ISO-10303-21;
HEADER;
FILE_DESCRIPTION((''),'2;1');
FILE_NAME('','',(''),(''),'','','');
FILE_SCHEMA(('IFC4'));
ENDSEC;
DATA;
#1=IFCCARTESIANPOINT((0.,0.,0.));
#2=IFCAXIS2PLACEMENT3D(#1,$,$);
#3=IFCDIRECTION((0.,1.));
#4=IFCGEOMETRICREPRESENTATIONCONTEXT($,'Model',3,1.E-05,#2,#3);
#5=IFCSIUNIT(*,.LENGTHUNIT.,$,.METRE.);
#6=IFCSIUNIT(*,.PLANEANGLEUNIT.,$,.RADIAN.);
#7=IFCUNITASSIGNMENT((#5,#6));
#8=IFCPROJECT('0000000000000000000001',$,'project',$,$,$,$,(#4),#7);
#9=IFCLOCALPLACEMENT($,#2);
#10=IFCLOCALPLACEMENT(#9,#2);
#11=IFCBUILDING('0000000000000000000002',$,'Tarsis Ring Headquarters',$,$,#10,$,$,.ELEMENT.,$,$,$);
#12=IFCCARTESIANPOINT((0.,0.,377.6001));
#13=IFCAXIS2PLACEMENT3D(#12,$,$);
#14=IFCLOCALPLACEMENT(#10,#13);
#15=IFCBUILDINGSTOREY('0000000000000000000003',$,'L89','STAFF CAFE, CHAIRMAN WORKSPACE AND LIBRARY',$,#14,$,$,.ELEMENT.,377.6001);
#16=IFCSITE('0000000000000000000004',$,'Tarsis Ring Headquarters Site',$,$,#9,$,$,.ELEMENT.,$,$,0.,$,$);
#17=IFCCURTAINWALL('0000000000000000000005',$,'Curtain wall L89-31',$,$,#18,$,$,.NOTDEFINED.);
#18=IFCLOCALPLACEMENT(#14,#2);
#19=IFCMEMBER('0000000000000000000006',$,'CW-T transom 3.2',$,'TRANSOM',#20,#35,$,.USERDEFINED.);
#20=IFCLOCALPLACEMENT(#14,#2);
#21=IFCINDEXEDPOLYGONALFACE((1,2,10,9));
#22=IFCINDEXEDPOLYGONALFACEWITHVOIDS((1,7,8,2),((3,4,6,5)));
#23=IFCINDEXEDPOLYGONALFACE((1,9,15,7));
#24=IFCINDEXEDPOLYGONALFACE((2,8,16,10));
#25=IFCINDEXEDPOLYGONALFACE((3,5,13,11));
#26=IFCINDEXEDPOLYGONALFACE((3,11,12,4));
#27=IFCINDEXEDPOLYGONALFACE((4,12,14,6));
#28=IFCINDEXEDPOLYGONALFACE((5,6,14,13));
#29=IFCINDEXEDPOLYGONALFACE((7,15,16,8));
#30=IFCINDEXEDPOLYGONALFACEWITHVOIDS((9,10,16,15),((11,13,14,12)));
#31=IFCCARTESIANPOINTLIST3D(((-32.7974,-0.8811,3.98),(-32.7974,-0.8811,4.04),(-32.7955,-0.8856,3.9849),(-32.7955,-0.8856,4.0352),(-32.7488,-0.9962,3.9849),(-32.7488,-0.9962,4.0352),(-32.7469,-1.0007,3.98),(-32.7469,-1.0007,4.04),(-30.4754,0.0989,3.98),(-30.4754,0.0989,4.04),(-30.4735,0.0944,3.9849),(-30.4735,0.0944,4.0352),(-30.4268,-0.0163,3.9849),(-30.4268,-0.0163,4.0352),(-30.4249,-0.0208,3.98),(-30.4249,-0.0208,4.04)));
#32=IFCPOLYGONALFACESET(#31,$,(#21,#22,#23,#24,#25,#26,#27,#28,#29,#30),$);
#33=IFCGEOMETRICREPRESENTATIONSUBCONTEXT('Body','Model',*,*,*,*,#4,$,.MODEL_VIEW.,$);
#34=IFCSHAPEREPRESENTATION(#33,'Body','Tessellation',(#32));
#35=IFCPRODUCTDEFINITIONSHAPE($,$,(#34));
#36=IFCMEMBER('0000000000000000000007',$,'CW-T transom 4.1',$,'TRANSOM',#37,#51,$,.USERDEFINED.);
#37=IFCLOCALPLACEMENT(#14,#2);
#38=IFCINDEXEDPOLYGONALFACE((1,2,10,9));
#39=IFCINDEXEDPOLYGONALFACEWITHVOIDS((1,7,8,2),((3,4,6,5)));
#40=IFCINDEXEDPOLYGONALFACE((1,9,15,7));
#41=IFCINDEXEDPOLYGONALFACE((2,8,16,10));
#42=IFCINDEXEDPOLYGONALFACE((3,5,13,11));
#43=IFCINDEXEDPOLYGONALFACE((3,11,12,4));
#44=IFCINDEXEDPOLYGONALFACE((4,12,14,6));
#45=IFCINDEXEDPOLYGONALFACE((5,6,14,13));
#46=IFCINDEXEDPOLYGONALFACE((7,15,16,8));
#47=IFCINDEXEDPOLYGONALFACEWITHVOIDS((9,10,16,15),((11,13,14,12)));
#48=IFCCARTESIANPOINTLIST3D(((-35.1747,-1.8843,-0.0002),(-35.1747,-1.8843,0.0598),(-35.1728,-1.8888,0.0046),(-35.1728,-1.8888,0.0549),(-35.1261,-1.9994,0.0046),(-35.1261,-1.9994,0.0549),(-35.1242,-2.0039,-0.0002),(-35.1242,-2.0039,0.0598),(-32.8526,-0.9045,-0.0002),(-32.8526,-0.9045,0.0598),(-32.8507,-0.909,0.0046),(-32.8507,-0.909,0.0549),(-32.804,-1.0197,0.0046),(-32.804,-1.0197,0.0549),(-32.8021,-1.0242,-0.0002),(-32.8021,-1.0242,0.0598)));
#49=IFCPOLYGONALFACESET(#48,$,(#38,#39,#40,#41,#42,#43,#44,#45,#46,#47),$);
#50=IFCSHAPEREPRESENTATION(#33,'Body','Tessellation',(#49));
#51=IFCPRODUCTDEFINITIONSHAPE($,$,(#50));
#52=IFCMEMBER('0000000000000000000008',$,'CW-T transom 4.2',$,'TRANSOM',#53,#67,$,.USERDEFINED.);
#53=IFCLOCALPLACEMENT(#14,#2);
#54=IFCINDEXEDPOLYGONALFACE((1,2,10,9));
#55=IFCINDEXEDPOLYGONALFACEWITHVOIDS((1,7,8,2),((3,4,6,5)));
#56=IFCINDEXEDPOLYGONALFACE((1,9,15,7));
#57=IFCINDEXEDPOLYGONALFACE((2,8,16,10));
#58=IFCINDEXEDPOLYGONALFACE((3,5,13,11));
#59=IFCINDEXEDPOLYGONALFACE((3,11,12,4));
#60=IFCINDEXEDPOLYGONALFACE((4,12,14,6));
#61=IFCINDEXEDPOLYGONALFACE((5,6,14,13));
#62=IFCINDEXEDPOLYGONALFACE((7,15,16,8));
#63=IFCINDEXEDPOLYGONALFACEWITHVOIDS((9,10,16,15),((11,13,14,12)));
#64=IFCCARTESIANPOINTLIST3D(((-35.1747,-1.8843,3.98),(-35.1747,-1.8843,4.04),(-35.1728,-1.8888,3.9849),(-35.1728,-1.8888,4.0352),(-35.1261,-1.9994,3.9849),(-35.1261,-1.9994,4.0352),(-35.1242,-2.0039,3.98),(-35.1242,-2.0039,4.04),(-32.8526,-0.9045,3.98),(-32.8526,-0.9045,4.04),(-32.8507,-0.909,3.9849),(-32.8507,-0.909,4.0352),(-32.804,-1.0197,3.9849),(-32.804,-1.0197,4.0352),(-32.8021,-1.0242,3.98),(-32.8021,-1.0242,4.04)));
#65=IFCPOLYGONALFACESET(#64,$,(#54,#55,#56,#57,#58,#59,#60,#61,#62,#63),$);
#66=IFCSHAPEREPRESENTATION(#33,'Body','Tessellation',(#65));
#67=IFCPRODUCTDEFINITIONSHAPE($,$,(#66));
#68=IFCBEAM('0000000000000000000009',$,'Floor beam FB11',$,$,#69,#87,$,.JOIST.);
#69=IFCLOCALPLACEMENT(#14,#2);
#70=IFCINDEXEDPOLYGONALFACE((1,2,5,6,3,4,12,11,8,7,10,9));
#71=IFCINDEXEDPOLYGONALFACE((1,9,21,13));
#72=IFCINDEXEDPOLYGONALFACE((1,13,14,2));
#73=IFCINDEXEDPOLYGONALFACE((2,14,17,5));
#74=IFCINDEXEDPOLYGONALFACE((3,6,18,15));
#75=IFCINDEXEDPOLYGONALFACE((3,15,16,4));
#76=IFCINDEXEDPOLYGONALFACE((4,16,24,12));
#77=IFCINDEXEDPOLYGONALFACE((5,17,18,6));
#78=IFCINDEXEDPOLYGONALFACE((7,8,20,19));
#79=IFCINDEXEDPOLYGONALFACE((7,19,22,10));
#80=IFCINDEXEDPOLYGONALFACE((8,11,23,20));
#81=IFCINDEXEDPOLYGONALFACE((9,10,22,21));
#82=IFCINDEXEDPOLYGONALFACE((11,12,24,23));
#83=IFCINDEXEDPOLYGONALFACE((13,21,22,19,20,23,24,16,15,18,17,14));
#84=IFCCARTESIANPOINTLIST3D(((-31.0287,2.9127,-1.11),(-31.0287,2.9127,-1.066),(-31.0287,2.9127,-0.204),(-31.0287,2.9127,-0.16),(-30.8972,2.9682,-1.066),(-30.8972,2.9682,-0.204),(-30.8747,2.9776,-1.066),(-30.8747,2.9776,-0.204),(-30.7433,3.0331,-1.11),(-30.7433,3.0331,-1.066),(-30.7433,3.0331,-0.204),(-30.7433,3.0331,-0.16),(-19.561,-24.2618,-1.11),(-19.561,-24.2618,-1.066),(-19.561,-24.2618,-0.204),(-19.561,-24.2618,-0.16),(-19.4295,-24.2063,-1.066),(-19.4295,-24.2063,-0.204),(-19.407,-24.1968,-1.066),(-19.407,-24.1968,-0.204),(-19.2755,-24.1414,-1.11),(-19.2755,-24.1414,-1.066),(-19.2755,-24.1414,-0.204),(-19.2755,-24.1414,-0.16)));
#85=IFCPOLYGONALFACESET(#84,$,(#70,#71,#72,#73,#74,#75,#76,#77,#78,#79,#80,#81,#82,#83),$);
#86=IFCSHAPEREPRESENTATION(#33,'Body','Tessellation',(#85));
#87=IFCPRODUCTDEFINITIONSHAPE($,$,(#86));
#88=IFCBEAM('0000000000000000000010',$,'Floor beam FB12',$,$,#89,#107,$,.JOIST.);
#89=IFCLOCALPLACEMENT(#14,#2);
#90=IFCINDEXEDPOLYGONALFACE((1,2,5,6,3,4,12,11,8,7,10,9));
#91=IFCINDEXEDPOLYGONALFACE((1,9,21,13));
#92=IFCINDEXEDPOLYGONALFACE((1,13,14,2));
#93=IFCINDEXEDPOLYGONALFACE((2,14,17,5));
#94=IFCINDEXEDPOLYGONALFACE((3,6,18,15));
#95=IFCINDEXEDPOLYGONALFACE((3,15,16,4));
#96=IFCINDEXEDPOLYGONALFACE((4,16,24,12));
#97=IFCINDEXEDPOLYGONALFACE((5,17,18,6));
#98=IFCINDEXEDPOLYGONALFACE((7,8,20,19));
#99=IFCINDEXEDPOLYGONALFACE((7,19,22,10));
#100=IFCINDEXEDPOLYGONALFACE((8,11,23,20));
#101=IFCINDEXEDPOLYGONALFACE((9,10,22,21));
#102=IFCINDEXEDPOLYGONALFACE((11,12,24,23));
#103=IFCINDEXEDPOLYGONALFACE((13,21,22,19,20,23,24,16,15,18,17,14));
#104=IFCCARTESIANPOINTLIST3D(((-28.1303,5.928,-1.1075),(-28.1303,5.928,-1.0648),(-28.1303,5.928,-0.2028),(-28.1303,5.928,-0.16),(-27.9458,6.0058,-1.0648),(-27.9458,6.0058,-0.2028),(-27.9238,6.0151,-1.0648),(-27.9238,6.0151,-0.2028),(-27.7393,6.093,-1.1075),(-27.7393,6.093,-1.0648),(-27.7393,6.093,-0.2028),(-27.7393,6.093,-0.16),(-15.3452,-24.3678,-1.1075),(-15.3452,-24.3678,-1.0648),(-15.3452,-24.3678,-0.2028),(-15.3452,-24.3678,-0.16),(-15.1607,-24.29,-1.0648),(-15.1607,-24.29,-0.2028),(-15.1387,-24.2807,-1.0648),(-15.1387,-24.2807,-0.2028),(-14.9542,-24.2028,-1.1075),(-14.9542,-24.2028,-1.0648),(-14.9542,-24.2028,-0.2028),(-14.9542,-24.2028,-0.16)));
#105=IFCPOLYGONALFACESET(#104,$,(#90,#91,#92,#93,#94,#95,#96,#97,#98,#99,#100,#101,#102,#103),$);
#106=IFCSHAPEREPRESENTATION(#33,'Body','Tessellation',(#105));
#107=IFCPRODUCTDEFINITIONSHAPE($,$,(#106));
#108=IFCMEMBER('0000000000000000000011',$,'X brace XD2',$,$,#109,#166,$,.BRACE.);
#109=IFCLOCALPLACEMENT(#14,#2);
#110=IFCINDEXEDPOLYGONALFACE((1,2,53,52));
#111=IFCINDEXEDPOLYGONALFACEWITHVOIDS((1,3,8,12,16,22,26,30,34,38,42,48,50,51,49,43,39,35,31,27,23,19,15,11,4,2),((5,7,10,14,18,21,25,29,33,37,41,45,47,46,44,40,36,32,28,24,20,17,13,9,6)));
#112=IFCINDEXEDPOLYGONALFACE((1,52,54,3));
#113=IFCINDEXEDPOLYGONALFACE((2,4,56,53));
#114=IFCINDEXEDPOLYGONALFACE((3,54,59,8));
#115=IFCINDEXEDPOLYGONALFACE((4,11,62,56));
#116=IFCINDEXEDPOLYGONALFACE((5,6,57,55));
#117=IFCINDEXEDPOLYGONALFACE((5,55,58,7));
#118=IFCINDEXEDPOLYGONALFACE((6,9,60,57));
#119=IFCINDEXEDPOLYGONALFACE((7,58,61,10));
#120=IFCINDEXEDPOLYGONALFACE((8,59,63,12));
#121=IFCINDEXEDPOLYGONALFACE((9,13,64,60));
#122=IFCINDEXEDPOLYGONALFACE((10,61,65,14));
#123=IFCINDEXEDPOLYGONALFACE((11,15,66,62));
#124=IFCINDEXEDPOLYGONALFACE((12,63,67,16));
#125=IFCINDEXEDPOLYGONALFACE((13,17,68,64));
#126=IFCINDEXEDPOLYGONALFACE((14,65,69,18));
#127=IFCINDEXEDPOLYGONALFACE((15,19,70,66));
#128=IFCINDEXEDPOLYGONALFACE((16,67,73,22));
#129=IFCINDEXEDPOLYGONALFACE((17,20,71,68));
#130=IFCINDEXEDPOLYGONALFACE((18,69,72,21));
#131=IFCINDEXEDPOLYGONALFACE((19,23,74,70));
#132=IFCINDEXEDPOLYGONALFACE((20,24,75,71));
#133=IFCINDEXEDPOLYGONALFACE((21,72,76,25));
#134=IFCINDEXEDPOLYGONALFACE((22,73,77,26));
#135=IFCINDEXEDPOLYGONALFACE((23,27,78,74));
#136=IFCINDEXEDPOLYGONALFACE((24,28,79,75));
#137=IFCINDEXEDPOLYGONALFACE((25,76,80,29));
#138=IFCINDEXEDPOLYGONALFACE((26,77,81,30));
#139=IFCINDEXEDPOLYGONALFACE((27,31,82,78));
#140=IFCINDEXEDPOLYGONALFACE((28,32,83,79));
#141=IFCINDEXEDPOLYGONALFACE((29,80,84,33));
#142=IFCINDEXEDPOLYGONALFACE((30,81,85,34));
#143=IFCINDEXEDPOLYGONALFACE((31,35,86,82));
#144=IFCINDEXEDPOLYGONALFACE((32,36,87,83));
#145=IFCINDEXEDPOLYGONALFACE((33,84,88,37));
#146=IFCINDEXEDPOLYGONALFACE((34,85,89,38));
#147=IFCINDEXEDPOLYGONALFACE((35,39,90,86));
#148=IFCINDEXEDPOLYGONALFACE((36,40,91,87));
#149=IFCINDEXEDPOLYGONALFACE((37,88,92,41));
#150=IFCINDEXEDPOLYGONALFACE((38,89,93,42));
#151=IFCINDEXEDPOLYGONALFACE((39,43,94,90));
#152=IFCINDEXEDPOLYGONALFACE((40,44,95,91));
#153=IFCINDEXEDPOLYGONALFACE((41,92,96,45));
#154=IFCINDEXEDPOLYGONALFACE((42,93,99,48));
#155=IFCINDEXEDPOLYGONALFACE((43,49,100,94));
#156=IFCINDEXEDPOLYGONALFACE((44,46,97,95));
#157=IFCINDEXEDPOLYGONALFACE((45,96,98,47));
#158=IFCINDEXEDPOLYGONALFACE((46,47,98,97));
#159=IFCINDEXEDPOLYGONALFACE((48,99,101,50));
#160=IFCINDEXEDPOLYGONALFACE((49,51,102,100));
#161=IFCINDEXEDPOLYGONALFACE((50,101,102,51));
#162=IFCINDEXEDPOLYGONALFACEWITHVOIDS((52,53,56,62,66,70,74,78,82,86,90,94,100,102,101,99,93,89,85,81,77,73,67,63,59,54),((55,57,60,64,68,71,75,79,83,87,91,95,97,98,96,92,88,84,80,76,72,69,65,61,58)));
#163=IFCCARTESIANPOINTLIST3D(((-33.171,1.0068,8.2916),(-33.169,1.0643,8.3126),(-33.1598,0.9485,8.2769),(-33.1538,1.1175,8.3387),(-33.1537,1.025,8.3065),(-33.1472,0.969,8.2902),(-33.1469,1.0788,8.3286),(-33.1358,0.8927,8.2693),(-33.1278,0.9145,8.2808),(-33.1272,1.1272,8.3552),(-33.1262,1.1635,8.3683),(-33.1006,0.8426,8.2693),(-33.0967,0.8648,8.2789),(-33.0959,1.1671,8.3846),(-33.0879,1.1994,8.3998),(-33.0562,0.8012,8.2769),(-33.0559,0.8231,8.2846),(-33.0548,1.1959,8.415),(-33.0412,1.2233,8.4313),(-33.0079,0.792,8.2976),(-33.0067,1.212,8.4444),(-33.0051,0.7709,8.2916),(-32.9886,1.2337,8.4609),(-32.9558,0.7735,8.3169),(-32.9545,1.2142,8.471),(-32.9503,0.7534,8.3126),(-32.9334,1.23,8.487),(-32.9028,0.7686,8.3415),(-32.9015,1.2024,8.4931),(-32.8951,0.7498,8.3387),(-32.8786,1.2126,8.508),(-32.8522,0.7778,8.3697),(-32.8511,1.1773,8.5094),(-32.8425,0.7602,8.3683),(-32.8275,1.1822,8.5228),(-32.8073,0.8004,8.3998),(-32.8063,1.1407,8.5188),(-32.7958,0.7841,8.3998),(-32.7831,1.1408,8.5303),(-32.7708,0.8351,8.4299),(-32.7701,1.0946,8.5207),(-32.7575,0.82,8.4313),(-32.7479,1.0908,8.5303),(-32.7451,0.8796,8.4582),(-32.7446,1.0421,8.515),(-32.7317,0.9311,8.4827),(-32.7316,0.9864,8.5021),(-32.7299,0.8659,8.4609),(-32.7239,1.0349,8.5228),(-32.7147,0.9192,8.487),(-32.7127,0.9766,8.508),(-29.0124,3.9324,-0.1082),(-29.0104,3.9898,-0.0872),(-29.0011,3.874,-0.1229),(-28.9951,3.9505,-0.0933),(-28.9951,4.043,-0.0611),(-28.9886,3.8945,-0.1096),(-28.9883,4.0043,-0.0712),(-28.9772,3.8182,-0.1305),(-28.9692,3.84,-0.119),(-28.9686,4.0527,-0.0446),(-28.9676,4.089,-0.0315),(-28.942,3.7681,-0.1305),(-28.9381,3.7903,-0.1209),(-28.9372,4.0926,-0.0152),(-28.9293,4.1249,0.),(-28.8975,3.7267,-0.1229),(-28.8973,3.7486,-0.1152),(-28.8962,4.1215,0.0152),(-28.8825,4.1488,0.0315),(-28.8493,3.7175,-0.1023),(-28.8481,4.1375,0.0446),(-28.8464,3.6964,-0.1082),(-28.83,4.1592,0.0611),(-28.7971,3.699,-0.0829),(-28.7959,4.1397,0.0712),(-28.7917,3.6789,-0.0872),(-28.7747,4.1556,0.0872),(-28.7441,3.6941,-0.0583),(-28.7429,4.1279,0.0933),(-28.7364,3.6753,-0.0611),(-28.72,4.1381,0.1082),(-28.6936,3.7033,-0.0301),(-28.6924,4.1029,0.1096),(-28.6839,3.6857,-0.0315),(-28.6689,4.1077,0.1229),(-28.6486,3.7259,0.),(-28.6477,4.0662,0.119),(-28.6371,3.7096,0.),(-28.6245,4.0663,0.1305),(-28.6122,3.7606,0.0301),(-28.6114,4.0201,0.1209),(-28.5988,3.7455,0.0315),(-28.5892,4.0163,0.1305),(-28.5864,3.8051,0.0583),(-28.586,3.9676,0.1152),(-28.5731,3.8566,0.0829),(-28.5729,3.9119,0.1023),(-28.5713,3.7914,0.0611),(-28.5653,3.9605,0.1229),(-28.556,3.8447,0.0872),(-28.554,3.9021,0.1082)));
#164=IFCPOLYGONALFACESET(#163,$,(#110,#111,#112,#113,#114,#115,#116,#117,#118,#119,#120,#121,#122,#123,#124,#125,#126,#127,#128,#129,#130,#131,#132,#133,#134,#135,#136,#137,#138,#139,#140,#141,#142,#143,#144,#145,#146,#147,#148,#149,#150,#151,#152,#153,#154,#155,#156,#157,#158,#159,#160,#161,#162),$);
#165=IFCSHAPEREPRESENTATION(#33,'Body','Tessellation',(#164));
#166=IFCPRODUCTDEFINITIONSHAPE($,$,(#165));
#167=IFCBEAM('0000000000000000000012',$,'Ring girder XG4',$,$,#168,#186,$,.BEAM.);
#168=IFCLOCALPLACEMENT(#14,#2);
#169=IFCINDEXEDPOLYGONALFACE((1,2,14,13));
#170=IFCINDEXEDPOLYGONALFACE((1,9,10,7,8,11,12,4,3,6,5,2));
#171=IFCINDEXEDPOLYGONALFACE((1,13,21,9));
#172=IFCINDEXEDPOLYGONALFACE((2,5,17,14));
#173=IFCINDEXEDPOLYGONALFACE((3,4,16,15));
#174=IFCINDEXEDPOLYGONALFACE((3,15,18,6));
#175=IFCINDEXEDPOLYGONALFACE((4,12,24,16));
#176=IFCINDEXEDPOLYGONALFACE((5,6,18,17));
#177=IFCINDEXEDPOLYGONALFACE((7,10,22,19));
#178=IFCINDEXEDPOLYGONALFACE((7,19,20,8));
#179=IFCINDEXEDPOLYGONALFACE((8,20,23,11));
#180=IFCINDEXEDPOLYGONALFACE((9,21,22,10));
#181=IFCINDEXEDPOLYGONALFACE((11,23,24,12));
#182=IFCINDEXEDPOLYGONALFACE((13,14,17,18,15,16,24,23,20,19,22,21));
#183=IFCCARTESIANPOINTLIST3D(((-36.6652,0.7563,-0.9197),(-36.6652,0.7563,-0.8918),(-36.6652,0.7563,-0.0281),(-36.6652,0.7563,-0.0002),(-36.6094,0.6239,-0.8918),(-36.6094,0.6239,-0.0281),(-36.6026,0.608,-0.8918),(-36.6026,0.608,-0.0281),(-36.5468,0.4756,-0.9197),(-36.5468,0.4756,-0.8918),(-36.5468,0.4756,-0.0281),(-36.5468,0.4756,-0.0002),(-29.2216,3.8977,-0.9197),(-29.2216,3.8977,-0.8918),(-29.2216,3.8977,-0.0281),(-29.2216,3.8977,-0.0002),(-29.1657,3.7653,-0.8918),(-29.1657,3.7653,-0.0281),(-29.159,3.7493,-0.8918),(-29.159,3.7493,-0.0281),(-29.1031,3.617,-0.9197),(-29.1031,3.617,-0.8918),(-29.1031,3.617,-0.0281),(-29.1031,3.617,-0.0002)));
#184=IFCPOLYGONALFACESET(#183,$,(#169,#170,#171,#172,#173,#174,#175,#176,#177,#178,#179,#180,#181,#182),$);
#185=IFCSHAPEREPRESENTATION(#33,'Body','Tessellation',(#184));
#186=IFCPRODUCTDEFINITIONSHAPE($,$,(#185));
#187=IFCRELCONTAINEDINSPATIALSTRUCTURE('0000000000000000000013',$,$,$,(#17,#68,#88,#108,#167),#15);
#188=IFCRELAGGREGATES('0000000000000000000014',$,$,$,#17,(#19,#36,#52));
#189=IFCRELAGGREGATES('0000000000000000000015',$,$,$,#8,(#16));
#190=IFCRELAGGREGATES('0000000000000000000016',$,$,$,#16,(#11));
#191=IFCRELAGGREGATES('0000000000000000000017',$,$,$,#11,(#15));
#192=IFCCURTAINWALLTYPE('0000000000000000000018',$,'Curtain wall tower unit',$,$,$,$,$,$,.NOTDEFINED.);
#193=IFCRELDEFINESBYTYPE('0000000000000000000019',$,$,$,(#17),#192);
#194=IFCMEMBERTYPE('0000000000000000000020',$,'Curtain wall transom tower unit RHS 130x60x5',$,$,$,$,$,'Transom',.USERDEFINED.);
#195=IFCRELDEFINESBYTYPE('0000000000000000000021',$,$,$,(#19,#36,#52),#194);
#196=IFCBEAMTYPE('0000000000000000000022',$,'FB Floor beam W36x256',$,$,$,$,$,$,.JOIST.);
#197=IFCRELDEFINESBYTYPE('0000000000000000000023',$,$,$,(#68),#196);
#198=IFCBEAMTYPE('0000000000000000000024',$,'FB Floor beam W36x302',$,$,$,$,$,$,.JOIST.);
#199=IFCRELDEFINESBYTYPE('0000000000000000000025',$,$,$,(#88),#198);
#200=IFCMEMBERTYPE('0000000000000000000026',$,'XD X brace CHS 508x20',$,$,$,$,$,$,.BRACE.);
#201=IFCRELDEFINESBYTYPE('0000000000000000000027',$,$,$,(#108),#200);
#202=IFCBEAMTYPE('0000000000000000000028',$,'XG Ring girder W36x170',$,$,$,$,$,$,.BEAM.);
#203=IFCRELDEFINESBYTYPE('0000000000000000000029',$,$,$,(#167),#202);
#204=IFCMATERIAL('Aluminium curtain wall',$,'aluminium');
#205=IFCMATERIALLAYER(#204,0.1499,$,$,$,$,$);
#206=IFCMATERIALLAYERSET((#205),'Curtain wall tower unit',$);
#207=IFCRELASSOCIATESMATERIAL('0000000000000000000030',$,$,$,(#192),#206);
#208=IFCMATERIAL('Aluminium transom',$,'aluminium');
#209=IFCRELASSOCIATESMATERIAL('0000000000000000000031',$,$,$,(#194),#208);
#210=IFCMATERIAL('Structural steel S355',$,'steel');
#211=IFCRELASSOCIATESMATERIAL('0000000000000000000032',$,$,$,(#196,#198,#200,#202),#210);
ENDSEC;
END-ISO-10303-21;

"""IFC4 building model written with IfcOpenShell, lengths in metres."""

from ifc_helpers import new_model, si_unit, direction, frame, origin, origin_2d, place, context, subcontext, project, spatial, hollow_rectangle, hollow_circle, i_section, extrude, material, layer, layer_set, material_profile, profile_set, type_object, element, aggregate, save


model = new_model("IFC4")

# Units and contexts
model_context = context("Model", 3, precision=1e-05, world=origin(), true_north=direction((0.0, 1.0)))
body_context = subcontext(model_context, "Body", "Model", "MODEL_VIEW")
ifc_project = project(units=[si_unit("LENGTHUNIT", "METRE"), si_unit("PLANEANGLEUNIT", "RADIAN")], contexts=[model_context])

# Site, building, storey
site_placement = place(None, origin())
site = spatial("IfcSite", under=ifc_project, at=site_placement, Name="Tarsis Ring Headquarters Site", CompositionType="ELEMENT", RefElevation=0.0)
building_placement = place(site_placement, origin())
building = spatial("IfcBuilding", under=site, at=building_placement, Name="Tarsis Ring Headquarters", CompositionType="ELEMENT")
storey_placement = place(building_placement, frame((0.0, 0.0, 377.6001)))
storey = spatial("IfcBuildingStorey", under=building, at=storey_placement, Name="L89", Description="STAFF CAFE, CHAIRMAN WORKSPACE AND LIBRARY", CompositionType="ELEMENT", Elevation=377.6001)

# Shared definitions
ifc_material_1 = material(Name="Structural steel S355", Category="steel")

# Curtain wall, members
ifc_material_2 = material(Name="Aluminium curtain wall", Category="aluminium")
ifc_layer_1 = layer(ifc_material_2, 0.1499)
ifc_layer_set_1 = layer_set([ifc_layer_1], Name="Curtain wall tower unit")
curtain_wall_type = type_object("IfcCurtainWallType", Name="Curtain wall tower unit", PredefinedType="NOTDEFINED", material=ifc_layer_set_1)
curtain_wall_placement = place(storey_placement, origin())
curtain_wall = element("IfcCurtainWall", 1, at=curtain_wall_placement, inside=storey, type_object=curtain_wall_type, Name="Curtain wall L89-31", PredefinedType="NOTDEFINED")
ifc_material_3 = material(Name="Aluminium transom", Category="aluminium")
ifc_material_profile_1 = material_profile(ifc_material_3, hollow_rectangle(XDim=0.1299, YDim=0.0601, WallThickness=0.0049, at=origin_2d()), Name="RHS 130x60x5")
ifc_profile_set_1 = profile_set([ifc_material_profile_1], Name="Aluminium transom")
member_type_1 = type_object("IfcMemberType", Name="Curtain wall transom tower unit RHS 130x60x5", ElementType="Transom", PredefinedType="USERDEFINED", material=ifc_profile_set_1)
member_1_placement = place(storey_placement, frame((-30.4502, 0.0391, 4.01), z_axis=(-0.92131, -0.388828, 0.0), x_axis=(0.388828, -0.92131, 0.0)))
member_1 = element("IfcMember", 2, at=member_1_placement, type_object=member_type_1, Name="CW-T transom 3.2", ObjectType="TRANSOM", PredefinedType="USERDEFINED", context=body_context, shape_type="SweptSolid", body=[
    extrude(hollow_rectangle(XDim=0.1299, YDim=0.0601, WallThickness=0.0049, at=origin_2d()), origin(), (0.0, 0.0, 1.0), 2.5203),
])
member_2_placement = place(storey_placement, frame((-32.8274, -0.9644, 0.0298), z_axis=(-0.921345, -0.388745, 0.0), x_axis=(0.388745, -0.921345, 0.0)))
member_2 = element("IfcMember", 3, at=member_2_placement, type_object=member_type_1, Name="CW-T transom 4.1", ObjectType="TRANSOM", PredefinedType="USERDEFINED", context=body_context, shape_type="SweptSolid", body=[
    extrude(hollow_rectangle(XDim=0.1299, YDim=0.0601, WallThickness=0.0049, at=origin_2d()), origin(), (0.0, 0.0, 1.0), 2.5203),
])
member_3_placement = place(storey_placement, frame((-32.8274, -0.9644, 4.01), z_axis=(-0.921345, -0.388745, 0.0), x_axis=(0.388745, -0.921345, 0.0)))
member_3 = element("IfcMember", 4, at=member_3_placement, type_object=member_type_1, Name="CW-T transom 4.2", ObjectType="TRANSOM", PredefinedType="USERDEFINED", context=body_context, shape_type="SweptSolid", body=[
    extrude(hollow_rectangle(XDim=0.1299, YDim=0.0601, WallThickness=0.0049, at=origin_2d()), origin(), (0.0, 0.0, 1.0), 2.5203),
])

# Beams
ifc_material_profile_2 = material_profile(ifc_material_1, i_section(OverallWidth=0.3098, OverallDepth=0.95, WebThickness=0.0244, FlangeThickness=0.0439, at=origin_2d()), Name="W36x256")
ifc_profile_set_2 = profile_set([ifc_material_profile_2], Name="Structural steel S355")
beam_type_1 = type_object("IfcBeamType", Name="FB Floor beam W36x256", PredefinedType="JOIST", material=ifc_profile_set_2)
beam_1_placement = place(storey_placement, frame((-30.886, 2.9729, -0.635), z_axis=(0.388801, -0.921322, 0.0), x_axis=(0.921322, 0.388801, 0.0)))
element("IfcBeam", 5, at=beam_1_placement, inside=storey, type_object=beam_type_1, Name="Floor beam FB11", PredefinedType="JOIST", context=body_context, shape_type="SweptSolid", body=[
    extrude(i_section(OverallWidth=0.3098, OverallDepth=0.95, WebThickness=0.0244, FlangeThickness=0.0439, at=origin_2d()), origin(), (0.0, 0.0, 1.0), 29.4951),
])
ifc_material_profile_3 = material_profile(ifc_material_1, i_section(OverallWidth=0.4243, OverallDepth=0.9475, WebThickness=0.0239, FlangeThickness=0.0427, at=origin_2d()), Name="W36x302")
ifc_profile_set_3 = profile_set([ifc_material_profile_3], Name="Structural steel S355")
beam_type_2 = type_object("IfcBeamType", Name="FB Floor beam W36x302", PredefinedType="JOIST", material=ifc_profile_set_3)
beam_2_placement = place(storey_placement, frame((-27.9348, 6.0105, -0.6338), z_axis=(0.388806, -0.92132, 0.0), x_axis=(0.92132, 0.388806, 0.0)))
element("IfcBeam", 6, at=beam_2_placement, inside=storey, type_object=beam_type_2, Name="Floor beam FB12", PredefinedType="JOIST", context=body_context, shape_type="SweptSolid", body=[
    extrude(i_section(OverallWidth=0.4243, OverallDepth=0.9475, WebThickness=0.0239, FlangeThickness=0.0427, at=origin_2d()), origin(), (0.0, 0.0, 1.0), 32.8831),
])

# Member
ifc_material_profile_4 = material_profile(ifc_material_1, hollow_circle(Radius=0.2539, WallThickness=0.02, at=origin_2d()), Name="CHS 508x20")
ifc_profile_set_4 = profile_set([ifc_material_profile_4], Name="Structural steel S355")
member_type_2 = type_object("IfcMemberType", Name="XD X brace CHS 508x20", PredefinedType="BRACE", material=ifc_profile_set_4)
member_4_placement = place(storey_placement, frame((-28.7832, 3.9172, 0.0), z_axis=(-0.423537, -0.297948, 0.855478), x_axis=(0.575369, -0.817894, 0.0)))
element("IfcMember", 7, at=member_4_placement, inside=storey, type_object=member_type_2, Name="X brace XD2", PredefinedType="BRACE", context=body_context, shape_type="SweptSolid", body=[
    extrude(hollow_circle(Radius=0.2539, WallThickness=0.02, at=origin_2d()), origin(), (0.0, 0.0, 1.0), 9.8188),
])

# Beam
ifc_material_profile_5 = material_profile(ifc_material_1, i_section(OverallWidth=0.3047, OverallDepth=0.9194, WebThickness=0.0173, FlangeThickness=0.0278, at=origin_2d()), Name="W36x170")
ifc_profile_set_5 = profile_set([ifc_material_profile_5], Name="Structural steel S355")
beam_type_3 = type_object("IfcBeamType", Name="XG Ring girder W36x170", PredefinedType="BEAM", material=ifc_profile_set_5)
beam_3_placement = place(storey_placement, frame((-29.1624, 3.7573, -0.46), z_axis=(-0.921316, -0.388815, 0.0), x_axis=(0.388815, -0.921316, 0.0)))
element("IfcBeam", 8, at=beam_3_placement, inside=storey, type_object=beam_type_3, Name="Ring girder XG4", PredefinedType="BEAM", context=body_context, shape_type="SweptSolid", body=[
    extrude(i_section(OverallWidth=0.3047, OverallDepth=0.9194, WebThickness=0.0173, FlangeThickness=0.0278, at=origin_2d()), origin(), (0.0, 0.0, 1.0), 8.0793),
])

aggregate(curtain_wall, [member_1, member_2, member_3])

save(model, "model.ifc")
